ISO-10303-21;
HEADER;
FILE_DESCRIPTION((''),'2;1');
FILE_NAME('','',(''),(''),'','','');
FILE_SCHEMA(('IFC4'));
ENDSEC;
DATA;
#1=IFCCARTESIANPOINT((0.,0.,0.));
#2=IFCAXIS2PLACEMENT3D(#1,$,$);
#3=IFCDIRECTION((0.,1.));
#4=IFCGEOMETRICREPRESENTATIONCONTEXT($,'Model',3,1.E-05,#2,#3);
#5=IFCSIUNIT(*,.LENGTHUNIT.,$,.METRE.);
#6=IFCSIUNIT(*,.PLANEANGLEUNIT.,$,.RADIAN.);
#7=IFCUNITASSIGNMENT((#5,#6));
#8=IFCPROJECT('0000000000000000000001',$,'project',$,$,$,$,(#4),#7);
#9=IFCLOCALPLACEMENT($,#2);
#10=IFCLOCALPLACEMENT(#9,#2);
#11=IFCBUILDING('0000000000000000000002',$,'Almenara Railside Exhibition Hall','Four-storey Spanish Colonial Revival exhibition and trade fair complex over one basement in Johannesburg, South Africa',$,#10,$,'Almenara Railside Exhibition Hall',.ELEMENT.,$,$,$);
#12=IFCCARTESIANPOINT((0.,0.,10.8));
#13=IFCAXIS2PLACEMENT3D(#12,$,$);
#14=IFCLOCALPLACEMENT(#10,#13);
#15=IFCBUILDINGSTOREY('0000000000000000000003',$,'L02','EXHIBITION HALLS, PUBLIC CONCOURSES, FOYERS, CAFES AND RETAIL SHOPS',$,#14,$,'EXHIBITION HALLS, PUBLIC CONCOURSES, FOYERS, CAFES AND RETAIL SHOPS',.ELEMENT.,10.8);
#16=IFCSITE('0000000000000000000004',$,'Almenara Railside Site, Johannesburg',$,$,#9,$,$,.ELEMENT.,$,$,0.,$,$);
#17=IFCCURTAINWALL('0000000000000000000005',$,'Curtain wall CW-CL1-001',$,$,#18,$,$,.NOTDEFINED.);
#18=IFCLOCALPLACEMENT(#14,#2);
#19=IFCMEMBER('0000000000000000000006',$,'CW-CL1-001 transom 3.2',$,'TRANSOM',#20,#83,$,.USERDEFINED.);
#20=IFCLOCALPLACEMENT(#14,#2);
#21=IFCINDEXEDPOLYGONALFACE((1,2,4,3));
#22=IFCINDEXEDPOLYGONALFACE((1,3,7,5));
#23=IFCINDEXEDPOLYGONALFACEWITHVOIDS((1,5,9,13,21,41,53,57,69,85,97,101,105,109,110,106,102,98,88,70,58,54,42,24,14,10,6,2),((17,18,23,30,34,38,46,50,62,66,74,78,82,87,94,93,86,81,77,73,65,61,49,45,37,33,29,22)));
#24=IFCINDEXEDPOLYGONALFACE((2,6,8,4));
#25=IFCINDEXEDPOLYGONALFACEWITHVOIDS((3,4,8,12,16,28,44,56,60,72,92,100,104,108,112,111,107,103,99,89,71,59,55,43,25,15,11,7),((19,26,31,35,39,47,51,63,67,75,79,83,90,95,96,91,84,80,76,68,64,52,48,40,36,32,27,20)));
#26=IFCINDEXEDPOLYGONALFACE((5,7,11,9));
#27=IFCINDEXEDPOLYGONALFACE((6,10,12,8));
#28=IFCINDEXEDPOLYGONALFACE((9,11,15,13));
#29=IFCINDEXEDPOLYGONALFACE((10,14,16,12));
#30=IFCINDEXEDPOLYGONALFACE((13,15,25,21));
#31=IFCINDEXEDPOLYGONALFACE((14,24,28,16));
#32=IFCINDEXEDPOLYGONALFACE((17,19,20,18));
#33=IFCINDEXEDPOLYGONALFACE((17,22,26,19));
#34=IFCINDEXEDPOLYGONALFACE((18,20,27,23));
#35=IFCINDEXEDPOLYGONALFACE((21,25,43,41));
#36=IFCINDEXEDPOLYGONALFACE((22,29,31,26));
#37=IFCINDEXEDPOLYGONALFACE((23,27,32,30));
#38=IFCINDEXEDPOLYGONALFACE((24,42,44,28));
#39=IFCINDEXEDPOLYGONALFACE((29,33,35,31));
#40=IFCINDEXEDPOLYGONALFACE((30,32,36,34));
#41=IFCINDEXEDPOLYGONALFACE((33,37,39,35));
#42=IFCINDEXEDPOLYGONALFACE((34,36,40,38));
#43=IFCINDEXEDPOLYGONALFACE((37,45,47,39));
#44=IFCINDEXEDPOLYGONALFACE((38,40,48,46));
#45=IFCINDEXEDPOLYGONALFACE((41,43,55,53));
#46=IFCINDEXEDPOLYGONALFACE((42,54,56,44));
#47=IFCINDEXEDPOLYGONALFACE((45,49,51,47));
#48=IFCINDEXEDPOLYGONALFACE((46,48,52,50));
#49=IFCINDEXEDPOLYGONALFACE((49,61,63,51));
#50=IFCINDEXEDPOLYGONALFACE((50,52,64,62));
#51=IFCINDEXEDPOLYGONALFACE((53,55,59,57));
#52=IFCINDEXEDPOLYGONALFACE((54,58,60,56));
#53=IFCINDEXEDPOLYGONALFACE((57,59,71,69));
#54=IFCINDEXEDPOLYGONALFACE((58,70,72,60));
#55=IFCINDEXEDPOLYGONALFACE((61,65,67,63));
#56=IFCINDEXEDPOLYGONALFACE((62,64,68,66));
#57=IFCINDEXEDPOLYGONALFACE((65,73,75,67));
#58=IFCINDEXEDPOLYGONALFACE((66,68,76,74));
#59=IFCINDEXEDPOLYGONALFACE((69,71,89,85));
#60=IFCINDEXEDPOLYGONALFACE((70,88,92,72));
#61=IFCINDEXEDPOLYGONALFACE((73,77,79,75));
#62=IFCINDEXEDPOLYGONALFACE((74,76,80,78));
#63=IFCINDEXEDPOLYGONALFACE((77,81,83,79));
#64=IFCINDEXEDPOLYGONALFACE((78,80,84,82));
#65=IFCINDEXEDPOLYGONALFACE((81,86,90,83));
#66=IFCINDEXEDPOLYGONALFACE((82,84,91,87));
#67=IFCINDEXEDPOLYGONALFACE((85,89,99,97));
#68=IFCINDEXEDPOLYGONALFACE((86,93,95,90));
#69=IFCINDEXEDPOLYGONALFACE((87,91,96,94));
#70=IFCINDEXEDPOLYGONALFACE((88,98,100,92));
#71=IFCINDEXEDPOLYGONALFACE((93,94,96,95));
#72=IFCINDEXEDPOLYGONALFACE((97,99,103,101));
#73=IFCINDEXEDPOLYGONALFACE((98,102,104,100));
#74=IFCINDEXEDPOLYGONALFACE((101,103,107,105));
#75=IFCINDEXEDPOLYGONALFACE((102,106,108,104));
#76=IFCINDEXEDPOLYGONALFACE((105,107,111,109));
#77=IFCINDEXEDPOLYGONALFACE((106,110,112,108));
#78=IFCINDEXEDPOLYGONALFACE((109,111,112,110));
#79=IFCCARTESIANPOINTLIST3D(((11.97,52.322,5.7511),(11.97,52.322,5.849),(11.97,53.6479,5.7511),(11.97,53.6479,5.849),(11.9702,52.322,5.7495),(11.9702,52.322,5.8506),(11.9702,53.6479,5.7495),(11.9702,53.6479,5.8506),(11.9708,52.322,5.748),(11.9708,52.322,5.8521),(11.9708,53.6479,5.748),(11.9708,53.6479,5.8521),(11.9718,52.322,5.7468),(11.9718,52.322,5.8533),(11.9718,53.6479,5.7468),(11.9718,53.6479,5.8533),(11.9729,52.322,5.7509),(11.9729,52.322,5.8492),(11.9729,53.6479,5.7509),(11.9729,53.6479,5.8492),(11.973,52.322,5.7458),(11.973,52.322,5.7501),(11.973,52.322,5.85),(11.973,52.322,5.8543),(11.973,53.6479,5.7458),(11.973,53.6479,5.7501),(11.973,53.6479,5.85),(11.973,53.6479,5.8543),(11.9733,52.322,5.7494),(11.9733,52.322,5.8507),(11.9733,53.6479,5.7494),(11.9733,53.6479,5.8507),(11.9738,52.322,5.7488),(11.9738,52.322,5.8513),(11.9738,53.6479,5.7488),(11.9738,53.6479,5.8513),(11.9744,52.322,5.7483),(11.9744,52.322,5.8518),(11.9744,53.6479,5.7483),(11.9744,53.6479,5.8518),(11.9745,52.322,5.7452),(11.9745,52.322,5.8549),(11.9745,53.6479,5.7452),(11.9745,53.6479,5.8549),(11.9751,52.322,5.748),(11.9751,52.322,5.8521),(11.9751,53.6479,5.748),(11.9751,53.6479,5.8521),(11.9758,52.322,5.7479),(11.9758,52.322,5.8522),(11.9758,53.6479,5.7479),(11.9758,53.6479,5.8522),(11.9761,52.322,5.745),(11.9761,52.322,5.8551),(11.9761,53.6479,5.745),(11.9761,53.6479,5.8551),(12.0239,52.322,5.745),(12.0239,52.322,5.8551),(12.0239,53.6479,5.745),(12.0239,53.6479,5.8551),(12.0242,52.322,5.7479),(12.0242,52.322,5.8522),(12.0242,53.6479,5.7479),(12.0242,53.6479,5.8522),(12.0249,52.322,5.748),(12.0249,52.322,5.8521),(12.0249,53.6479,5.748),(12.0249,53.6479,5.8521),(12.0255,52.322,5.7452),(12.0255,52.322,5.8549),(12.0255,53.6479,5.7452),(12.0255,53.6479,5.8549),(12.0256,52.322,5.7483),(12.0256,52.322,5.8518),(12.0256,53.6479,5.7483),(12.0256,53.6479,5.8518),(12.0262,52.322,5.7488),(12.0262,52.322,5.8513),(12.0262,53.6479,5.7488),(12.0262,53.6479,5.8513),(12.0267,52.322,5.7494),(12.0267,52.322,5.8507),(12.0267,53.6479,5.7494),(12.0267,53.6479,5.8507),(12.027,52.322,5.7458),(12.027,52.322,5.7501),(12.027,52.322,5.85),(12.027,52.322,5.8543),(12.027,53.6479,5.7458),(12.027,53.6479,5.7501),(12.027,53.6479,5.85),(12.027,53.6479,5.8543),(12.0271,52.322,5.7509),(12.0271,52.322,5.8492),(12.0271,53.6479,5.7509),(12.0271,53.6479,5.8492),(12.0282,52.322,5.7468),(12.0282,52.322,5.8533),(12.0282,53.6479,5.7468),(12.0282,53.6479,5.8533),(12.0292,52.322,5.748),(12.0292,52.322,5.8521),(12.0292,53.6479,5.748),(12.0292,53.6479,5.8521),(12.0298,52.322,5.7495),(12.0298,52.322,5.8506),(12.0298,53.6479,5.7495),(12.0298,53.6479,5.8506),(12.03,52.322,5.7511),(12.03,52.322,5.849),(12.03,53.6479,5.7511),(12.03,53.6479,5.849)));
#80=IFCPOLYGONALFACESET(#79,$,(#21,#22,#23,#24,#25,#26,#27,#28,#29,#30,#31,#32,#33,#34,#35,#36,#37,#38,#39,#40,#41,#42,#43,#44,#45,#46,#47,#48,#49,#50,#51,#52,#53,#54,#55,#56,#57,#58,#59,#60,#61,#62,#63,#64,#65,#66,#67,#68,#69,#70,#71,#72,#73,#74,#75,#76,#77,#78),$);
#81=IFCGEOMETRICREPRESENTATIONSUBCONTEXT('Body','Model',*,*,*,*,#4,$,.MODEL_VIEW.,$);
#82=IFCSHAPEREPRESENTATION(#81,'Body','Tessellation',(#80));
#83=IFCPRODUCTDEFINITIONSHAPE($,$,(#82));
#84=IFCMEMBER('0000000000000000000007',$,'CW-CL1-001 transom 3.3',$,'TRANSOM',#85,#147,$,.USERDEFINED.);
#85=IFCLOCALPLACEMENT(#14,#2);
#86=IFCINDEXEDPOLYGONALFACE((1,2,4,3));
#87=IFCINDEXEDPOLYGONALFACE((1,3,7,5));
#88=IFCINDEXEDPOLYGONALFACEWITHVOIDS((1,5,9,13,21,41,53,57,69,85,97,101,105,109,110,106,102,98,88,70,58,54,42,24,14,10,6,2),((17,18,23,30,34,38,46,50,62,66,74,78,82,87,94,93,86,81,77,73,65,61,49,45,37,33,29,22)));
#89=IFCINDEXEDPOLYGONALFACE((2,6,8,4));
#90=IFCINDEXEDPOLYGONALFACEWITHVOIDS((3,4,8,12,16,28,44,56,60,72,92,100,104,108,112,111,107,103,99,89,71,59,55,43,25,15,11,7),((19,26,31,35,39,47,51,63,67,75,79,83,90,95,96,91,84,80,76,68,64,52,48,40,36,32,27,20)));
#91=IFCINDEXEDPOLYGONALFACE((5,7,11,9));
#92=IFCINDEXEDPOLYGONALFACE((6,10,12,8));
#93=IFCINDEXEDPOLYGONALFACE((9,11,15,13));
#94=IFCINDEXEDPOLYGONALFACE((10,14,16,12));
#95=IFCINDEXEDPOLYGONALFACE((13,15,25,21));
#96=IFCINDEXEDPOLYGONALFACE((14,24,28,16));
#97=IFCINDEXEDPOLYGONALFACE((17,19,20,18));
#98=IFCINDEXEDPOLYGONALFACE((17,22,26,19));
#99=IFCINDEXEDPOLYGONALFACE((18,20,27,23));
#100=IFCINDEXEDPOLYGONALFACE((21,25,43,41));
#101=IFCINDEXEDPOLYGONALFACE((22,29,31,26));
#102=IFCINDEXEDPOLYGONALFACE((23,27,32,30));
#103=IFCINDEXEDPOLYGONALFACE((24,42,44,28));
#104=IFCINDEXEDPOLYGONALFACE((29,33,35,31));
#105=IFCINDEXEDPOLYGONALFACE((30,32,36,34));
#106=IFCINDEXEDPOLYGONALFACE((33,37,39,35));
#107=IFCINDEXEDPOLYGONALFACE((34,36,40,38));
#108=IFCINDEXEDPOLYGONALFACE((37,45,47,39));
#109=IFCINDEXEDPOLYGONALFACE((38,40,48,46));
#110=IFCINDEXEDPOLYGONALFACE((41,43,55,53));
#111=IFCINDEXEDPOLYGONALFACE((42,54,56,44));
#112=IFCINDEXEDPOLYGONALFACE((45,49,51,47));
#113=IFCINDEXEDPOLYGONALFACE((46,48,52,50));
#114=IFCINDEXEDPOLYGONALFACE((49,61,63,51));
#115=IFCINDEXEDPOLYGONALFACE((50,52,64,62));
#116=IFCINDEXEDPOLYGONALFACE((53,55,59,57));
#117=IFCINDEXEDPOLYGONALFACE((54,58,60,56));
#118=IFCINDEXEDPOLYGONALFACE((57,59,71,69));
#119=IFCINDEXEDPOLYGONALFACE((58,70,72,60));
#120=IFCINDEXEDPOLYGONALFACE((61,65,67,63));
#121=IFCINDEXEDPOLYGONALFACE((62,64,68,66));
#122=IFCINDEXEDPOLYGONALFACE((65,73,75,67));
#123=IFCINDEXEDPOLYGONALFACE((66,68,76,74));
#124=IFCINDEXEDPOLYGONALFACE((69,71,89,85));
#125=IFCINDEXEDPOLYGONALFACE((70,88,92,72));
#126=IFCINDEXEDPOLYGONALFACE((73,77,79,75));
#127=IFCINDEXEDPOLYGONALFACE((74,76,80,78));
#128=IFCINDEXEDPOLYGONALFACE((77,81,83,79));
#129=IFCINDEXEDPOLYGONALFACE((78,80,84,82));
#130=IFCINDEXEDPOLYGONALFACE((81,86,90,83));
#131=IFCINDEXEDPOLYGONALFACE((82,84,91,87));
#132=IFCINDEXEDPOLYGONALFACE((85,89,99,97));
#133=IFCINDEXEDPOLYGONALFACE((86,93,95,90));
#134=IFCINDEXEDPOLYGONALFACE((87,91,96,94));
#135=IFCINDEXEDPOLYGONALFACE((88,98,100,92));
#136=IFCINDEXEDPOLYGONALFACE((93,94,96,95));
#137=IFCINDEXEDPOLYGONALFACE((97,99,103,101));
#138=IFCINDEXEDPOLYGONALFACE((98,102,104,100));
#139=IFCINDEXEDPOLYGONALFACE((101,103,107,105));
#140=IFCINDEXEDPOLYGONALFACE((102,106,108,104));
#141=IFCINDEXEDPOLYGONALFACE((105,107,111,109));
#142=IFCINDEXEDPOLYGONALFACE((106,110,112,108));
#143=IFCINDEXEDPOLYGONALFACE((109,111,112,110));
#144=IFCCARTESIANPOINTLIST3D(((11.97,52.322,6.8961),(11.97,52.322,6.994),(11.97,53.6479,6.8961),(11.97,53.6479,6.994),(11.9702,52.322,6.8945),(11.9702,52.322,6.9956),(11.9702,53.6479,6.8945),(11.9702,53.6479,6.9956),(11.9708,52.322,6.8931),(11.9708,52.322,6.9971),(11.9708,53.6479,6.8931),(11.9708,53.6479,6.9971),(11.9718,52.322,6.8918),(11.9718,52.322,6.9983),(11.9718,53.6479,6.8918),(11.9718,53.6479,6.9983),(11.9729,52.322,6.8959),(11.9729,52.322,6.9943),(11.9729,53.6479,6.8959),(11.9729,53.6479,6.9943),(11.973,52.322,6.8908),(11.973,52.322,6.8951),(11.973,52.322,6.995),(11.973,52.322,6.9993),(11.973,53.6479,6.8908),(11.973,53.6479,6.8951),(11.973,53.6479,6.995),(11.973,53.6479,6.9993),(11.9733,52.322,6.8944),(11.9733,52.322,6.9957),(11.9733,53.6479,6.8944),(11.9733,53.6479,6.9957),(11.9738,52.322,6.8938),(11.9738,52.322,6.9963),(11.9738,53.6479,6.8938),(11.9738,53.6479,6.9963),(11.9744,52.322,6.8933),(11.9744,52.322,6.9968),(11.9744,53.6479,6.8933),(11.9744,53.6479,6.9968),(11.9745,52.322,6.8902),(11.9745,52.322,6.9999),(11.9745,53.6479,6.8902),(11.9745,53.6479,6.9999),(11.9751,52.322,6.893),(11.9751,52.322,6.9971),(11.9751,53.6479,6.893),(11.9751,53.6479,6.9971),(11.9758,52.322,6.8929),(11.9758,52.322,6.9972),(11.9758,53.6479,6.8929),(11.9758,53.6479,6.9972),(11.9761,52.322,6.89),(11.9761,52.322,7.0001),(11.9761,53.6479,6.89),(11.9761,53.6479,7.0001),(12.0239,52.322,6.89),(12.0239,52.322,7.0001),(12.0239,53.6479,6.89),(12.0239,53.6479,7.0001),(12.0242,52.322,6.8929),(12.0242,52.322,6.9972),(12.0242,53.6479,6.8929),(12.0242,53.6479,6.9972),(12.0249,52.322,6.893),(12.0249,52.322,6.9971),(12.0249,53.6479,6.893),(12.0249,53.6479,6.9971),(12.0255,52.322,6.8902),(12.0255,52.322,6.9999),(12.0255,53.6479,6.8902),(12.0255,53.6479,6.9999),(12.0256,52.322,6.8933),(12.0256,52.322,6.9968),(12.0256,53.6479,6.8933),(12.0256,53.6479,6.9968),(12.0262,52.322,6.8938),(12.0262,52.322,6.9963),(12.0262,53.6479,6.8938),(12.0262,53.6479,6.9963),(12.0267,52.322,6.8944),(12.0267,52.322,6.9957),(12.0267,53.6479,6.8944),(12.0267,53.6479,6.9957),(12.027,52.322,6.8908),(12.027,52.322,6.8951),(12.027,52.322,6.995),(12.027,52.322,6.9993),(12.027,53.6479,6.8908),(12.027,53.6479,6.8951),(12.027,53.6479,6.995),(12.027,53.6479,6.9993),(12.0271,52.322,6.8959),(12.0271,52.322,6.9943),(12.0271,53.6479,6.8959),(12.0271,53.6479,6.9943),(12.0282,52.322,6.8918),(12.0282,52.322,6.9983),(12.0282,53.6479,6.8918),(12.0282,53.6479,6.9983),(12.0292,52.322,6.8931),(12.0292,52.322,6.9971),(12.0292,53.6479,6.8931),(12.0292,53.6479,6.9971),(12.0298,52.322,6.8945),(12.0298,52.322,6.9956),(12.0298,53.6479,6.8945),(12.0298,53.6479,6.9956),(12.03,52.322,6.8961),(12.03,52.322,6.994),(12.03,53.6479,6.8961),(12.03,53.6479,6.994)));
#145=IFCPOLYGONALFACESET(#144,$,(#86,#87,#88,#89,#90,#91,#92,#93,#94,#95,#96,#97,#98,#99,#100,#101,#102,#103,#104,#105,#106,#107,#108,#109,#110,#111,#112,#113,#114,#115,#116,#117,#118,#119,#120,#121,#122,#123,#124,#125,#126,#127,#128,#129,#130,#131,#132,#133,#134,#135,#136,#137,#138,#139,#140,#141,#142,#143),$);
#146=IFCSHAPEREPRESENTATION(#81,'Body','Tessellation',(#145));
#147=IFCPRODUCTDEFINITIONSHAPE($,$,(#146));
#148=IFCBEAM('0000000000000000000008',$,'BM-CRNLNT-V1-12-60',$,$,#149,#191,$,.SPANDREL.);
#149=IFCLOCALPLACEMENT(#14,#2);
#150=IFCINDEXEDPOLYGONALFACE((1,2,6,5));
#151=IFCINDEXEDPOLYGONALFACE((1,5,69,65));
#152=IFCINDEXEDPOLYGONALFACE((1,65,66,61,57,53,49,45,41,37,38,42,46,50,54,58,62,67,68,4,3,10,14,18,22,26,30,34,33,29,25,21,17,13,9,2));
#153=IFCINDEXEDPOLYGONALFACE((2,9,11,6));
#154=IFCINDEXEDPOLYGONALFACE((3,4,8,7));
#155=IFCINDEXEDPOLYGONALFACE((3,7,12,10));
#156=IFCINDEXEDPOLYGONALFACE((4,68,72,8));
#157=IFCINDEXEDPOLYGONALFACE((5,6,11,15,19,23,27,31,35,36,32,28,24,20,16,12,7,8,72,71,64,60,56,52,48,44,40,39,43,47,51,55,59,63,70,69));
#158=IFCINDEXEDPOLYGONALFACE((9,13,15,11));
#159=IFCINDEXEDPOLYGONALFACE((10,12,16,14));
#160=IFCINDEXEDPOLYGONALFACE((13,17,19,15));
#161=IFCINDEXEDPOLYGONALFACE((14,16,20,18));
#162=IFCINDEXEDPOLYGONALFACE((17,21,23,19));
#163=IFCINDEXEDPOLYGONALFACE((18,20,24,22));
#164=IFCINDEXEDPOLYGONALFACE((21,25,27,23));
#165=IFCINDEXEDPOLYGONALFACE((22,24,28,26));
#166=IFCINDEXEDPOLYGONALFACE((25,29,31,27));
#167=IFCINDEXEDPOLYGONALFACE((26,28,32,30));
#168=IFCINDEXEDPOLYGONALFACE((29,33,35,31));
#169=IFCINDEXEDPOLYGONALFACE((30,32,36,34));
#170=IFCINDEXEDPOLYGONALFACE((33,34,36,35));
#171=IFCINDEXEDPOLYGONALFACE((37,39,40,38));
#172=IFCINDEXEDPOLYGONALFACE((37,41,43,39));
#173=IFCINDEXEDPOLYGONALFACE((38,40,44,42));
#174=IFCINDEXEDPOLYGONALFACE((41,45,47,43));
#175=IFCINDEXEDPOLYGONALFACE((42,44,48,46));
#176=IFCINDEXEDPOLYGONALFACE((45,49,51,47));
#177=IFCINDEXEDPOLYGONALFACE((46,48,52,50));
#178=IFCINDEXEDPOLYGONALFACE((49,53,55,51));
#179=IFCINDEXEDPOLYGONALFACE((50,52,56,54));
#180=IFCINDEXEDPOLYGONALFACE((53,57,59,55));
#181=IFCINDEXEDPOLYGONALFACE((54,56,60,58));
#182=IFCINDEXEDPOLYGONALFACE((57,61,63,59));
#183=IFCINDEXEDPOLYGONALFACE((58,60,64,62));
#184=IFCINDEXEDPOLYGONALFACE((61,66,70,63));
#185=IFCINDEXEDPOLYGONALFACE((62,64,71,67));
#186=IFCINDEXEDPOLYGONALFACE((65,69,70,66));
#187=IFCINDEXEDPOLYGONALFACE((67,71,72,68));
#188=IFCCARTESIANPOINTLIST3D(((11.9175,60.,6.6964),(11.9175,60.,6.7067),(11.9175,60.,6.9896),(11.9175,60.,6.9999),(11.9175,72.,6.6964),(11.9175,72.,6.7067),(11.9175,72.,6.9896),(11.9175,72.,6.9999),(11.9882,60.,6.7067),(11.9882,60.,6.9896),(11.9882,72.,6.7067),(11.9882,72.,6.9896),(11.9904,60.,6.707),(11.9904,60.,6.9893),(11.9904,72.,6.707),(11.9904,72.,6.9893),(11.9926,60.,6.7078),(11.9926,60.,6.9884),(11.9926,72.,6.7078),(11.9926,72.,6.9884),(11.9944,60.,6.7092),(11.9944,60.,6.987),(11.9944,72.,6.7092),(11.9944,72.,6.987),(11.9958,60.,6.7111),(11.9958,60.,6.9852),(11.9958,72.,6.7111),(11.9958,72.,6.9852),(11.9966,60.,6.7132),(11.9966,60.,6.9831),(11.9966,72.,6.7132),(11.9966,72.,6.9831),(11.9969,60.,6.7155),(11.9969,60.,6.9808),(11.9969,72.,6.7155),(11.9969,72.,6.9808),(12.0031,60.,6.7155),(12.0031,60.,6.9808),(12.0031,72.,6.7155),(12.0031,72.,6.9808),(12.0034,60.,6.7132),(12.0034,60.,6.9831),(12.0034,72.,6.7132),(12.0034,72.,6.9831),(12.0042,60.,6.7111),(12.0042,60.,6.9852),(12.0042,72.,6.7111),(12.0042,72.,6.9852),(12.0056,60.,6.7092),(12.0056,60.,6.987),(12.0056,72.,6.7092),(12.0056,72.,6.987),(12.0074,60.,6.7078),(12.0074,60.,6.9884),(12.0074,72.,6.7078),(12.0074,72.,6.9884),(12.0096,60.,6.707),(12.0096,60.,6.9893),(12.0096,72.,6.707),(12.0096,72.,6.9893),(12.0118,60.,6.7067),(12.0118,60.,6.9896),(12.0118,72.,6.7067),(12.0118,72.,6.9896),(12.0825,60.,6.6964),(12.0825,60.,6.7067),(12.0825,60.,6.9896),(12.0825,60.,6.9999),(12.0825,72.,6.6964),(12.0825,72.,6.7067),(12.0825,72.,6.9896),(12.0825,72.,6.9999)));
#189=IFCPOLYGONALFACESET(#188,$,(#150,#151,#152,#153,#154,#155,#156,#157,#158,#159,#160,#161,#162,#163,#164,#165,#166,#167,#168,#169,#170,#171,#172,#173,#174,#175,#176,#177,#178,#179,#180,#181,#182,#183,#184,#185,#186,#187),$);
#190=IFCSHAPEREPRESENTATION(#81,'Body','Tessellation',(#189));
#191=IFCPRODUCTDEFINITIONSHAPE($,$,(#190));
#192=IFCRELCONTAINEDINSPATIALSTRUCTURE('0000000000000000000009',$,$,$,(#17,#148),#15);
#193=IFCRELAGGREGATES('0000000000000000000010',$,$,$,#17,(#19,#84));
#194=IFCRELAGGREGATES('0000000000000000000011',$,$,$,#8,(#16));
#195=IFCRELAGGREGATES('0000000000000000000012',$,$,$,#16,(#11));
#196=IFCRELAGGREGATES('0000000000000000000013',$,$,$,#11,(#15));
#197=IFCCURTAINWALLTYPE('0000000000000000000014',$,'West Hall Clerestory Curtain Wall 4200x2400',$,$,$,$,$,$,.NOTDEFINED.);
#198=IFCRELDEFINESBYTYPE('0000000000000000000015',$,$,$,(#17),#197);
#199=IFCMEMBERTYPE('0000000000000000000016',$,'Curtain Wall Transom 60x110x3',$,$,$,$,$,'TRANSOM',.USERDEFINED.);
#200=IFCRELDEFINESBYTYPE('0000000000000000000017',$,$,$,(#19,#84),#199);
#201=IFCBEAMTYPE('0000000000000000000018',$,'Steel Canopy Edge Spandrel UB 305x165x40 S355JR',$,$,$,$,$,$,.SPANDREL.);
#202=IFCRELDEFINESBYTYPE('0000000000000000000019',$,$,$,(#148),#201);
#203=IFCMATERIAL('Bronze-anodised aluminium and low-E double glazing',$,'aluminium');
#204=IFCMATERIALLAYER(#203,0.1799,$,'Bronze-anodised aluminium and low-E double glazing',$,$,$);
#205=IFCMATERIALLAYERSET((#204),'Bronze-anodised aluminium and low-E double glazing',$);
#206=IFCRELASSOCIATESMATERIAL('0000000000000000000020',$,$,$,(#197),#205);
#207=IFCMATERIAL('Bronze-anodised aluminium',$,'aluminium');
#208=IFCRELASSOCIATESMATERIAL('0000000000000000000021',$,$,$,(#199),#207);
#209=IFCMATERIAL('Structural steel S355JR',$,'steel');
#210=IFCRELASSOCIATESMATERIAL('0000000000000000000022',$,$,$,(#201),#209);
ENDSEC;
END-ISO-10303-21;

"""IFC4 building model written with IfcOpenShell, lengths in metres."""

from ifc_helpers import new_model, si_unit, direction, frame, origin, origin_2d, place, context, subcontext, project, spatial, hollow_rectangle, i_section, extrude, material, layer, layer_set, material_profile, profile_set, type_object, element, aggregate, save


model = new_model("IFC4")

# Units and contexts
model_context = context("Model", 3, precision=1e-05, world=origin(), true_north=direction((0.0, 1.0)))
body_context = subcontext(model_context, "Body", "Model", "MODEL_VIEW")
ifc_project = project(units=[si_unit("LENGTHUNIT", "METRE"), si_unit("PLANEANGLEUNIT", "RADIAN")], contexts=[model_context])

# Site, building, storey
site_placement = place(None, origin())
site = spatial("IfcSite", under=ifc_project, at=site_placement, Name="Almenara Railside Site, Johannesburg", CompositionType="ELEMENT", RefElevation=0.0)
building_placement = place(site_placement, origin())
building = spatial("IfcBuilding", under=site, at=building_placement, Name="Almenara Railside Exhibition Hall", Description="Four-storey Spanish Colonial Revival exhibition and trade fair complex over one basement in Johannesburg, South Africa", LongName="Almenara Railside Exhibition Hall", CompositionType="ELEMENT")
storey_placement = place(building_placement, frame((0.0, 0.0, 10.8)))
storey = spatial("IfcBuildingStorey", under=building, at=storey_placement, Name="L02", Description="EXHIBITION HALLS, PUBLIC CONCOURSES, FOYERS, CAFES AND RETAIL SHOPS", LongName="EXHIBITION HALLS, PUBLIC CONCOURSES, FOYERS, CAFES AND RETAIL SHOPS", CompositionType="ELEMENT", Elevation=10.8)

# Curtain wall
ifc_material_1 = material(Name="Bronze-anodised aluminium and low-E double glazing", Category="aluminium")
ifc_layer_1 = layer(ifc_material_1, 0.1799, Name="Bronze-anodised aluminium and low-E double glazing")
ifc_layer_set_1 = layer_set([ifc_layer_1], Name="Bronze-anodised aluminium and low-E double glazing")
curtain_wall_type = type_object("IfcCurtainWallType", Name="West Hall Clerestory Curtain Wall 4200x2400", PredefinedType="NOTDEFINED", material=ifc_layer_set_1)
ifc_material_2 = material(Name="Bronze-anodised aluminium", Category="aluminium")
curtain_wall_1_placement = place(storey_placement, origin())
curtain_wall_1 = element("IfcCurtainWall", 1, at=curtain_wall_1_placement, inside=storey, type_object=curtain_wall_type, Name="Curtain wall CW-CL1-001", PredefinedType="NOTDEFINED")

# Members
ifc_material_profile_1 = material_profile(ifc_material_2, hollow_rectangle(XDim=0.0601, YDim=0.1101, WallThickness=0.0029, InnerFilletRadius=0.0029, OuterFilletRadius=0.0061, at=origin_2d()), Name="ALU-TRN 60x110x3")
ifc_profile_set_1 = profile_set([ifc_material_profile_1], Name="Bronze-anodised aluminium")
member_type_1 = type_object("IfcMemberType", Name="Curtain Wall Transom 60x110x3", ElementType="TRANSOM", PredefinedType="USERDEFINED", material=ifc_profile_set_1)
member_1_placement = place(storey_placement, frame((12.0, 52.322, 5.8), z_axis=(0.0, 1.0, 0.0), x_axis=(-1.0, 0.0, 0.0)))
member_1 = element("IfcMember", 2, at=member_1_placement, type_object=member_type_1, Name="CW-CL1-001 transom 3.2", ObjectType="TRANSOM", PredefinedType="USERDEFINED", context=body_context, shape_type="SweptSolid", body=[
    extrude(hollow_rectangle(XDim=0.0601, YDim=0.1101, WallThickness=0.0029, InnerFilletRadius=0.0029, OuterFilletRadius=0.0061, at=origin_2d()), origin(), (0.0, 0.0, 1.0), 1.3259),
])
member_2_placement = place(storey_placement, frame((12.0, 52.322, 6.9451), z_axis=(0.0, 1.0, 0.0), x_axis=(-1.0, 0.0, 0.0)))
member_2 = element("IfcMember", 3, at=member_2_placement, type_object=member_type_1, Name="CW-CL1-001 transom 3.3", ObjectType="TRANSOM", PredefinedType="USERDEFINED", context=body_context, shape_type="SweptSolid", body=[
    extrude(hollow_rectangle(XDim=0.0601, YDim=0.1101, WallThickness=0.0029, InnerFilletRadius=0.0029, OuterFilletRadius=0.0061, at=origin_2d()), origin(), (0.0, 0.0, 1.0), 1.3259),
])

# Beam
ifc_material_3 = material(Name="Structural steel S355JR", Category="steel")
ifc_material_profile_2 = material_profile(ifc_material_3, i_section(OverallWidth=0.165, OverallDepth=0.3035, WebThickness=0.0061, FlangeThickness=0.0103, FilletRadius=0.0088, at=origin_2d()), Name="UB 305x165x40")
ifc_profile_set_2 = profile_set([ifc_material_profile_2], Name="Structural steel S355JR")
beam_type = type_object("IfcBeamType", Name="Steel Canopy Edge Spandrel UB 305x165x40 S355JR", PredefinedType="SPANDREL", material=ifc_profile_set_2)
beam_placement = place(storey_placement, frame((12.0, 60.0, 6.8481), z_axis=(0.0, 1.0, 0.0), x_axis=(-1.0, 0.0, 0.0)))
element("IfcBeam", 4, at=beam_placement, inside=storey, type_object=beam_type, Name="BM-CRNLNT-V1-12-60", PredefinedType="SPANDREL", context=body_context, shape_type="SweptSolid", body=[
    extrude(i_section(OverallWidth=0.165, OverallDepth=0.3035, WebThickness=0.0061, FlangeThickness=0.0103, FilletRadius=0.0088, at=origin_2d()), origin(), (0.0, 0.0, 1.0), 12.0),
])

aggregate(curtain_wall_1, [member_1, member_2])

save(model, "model.ifc")
